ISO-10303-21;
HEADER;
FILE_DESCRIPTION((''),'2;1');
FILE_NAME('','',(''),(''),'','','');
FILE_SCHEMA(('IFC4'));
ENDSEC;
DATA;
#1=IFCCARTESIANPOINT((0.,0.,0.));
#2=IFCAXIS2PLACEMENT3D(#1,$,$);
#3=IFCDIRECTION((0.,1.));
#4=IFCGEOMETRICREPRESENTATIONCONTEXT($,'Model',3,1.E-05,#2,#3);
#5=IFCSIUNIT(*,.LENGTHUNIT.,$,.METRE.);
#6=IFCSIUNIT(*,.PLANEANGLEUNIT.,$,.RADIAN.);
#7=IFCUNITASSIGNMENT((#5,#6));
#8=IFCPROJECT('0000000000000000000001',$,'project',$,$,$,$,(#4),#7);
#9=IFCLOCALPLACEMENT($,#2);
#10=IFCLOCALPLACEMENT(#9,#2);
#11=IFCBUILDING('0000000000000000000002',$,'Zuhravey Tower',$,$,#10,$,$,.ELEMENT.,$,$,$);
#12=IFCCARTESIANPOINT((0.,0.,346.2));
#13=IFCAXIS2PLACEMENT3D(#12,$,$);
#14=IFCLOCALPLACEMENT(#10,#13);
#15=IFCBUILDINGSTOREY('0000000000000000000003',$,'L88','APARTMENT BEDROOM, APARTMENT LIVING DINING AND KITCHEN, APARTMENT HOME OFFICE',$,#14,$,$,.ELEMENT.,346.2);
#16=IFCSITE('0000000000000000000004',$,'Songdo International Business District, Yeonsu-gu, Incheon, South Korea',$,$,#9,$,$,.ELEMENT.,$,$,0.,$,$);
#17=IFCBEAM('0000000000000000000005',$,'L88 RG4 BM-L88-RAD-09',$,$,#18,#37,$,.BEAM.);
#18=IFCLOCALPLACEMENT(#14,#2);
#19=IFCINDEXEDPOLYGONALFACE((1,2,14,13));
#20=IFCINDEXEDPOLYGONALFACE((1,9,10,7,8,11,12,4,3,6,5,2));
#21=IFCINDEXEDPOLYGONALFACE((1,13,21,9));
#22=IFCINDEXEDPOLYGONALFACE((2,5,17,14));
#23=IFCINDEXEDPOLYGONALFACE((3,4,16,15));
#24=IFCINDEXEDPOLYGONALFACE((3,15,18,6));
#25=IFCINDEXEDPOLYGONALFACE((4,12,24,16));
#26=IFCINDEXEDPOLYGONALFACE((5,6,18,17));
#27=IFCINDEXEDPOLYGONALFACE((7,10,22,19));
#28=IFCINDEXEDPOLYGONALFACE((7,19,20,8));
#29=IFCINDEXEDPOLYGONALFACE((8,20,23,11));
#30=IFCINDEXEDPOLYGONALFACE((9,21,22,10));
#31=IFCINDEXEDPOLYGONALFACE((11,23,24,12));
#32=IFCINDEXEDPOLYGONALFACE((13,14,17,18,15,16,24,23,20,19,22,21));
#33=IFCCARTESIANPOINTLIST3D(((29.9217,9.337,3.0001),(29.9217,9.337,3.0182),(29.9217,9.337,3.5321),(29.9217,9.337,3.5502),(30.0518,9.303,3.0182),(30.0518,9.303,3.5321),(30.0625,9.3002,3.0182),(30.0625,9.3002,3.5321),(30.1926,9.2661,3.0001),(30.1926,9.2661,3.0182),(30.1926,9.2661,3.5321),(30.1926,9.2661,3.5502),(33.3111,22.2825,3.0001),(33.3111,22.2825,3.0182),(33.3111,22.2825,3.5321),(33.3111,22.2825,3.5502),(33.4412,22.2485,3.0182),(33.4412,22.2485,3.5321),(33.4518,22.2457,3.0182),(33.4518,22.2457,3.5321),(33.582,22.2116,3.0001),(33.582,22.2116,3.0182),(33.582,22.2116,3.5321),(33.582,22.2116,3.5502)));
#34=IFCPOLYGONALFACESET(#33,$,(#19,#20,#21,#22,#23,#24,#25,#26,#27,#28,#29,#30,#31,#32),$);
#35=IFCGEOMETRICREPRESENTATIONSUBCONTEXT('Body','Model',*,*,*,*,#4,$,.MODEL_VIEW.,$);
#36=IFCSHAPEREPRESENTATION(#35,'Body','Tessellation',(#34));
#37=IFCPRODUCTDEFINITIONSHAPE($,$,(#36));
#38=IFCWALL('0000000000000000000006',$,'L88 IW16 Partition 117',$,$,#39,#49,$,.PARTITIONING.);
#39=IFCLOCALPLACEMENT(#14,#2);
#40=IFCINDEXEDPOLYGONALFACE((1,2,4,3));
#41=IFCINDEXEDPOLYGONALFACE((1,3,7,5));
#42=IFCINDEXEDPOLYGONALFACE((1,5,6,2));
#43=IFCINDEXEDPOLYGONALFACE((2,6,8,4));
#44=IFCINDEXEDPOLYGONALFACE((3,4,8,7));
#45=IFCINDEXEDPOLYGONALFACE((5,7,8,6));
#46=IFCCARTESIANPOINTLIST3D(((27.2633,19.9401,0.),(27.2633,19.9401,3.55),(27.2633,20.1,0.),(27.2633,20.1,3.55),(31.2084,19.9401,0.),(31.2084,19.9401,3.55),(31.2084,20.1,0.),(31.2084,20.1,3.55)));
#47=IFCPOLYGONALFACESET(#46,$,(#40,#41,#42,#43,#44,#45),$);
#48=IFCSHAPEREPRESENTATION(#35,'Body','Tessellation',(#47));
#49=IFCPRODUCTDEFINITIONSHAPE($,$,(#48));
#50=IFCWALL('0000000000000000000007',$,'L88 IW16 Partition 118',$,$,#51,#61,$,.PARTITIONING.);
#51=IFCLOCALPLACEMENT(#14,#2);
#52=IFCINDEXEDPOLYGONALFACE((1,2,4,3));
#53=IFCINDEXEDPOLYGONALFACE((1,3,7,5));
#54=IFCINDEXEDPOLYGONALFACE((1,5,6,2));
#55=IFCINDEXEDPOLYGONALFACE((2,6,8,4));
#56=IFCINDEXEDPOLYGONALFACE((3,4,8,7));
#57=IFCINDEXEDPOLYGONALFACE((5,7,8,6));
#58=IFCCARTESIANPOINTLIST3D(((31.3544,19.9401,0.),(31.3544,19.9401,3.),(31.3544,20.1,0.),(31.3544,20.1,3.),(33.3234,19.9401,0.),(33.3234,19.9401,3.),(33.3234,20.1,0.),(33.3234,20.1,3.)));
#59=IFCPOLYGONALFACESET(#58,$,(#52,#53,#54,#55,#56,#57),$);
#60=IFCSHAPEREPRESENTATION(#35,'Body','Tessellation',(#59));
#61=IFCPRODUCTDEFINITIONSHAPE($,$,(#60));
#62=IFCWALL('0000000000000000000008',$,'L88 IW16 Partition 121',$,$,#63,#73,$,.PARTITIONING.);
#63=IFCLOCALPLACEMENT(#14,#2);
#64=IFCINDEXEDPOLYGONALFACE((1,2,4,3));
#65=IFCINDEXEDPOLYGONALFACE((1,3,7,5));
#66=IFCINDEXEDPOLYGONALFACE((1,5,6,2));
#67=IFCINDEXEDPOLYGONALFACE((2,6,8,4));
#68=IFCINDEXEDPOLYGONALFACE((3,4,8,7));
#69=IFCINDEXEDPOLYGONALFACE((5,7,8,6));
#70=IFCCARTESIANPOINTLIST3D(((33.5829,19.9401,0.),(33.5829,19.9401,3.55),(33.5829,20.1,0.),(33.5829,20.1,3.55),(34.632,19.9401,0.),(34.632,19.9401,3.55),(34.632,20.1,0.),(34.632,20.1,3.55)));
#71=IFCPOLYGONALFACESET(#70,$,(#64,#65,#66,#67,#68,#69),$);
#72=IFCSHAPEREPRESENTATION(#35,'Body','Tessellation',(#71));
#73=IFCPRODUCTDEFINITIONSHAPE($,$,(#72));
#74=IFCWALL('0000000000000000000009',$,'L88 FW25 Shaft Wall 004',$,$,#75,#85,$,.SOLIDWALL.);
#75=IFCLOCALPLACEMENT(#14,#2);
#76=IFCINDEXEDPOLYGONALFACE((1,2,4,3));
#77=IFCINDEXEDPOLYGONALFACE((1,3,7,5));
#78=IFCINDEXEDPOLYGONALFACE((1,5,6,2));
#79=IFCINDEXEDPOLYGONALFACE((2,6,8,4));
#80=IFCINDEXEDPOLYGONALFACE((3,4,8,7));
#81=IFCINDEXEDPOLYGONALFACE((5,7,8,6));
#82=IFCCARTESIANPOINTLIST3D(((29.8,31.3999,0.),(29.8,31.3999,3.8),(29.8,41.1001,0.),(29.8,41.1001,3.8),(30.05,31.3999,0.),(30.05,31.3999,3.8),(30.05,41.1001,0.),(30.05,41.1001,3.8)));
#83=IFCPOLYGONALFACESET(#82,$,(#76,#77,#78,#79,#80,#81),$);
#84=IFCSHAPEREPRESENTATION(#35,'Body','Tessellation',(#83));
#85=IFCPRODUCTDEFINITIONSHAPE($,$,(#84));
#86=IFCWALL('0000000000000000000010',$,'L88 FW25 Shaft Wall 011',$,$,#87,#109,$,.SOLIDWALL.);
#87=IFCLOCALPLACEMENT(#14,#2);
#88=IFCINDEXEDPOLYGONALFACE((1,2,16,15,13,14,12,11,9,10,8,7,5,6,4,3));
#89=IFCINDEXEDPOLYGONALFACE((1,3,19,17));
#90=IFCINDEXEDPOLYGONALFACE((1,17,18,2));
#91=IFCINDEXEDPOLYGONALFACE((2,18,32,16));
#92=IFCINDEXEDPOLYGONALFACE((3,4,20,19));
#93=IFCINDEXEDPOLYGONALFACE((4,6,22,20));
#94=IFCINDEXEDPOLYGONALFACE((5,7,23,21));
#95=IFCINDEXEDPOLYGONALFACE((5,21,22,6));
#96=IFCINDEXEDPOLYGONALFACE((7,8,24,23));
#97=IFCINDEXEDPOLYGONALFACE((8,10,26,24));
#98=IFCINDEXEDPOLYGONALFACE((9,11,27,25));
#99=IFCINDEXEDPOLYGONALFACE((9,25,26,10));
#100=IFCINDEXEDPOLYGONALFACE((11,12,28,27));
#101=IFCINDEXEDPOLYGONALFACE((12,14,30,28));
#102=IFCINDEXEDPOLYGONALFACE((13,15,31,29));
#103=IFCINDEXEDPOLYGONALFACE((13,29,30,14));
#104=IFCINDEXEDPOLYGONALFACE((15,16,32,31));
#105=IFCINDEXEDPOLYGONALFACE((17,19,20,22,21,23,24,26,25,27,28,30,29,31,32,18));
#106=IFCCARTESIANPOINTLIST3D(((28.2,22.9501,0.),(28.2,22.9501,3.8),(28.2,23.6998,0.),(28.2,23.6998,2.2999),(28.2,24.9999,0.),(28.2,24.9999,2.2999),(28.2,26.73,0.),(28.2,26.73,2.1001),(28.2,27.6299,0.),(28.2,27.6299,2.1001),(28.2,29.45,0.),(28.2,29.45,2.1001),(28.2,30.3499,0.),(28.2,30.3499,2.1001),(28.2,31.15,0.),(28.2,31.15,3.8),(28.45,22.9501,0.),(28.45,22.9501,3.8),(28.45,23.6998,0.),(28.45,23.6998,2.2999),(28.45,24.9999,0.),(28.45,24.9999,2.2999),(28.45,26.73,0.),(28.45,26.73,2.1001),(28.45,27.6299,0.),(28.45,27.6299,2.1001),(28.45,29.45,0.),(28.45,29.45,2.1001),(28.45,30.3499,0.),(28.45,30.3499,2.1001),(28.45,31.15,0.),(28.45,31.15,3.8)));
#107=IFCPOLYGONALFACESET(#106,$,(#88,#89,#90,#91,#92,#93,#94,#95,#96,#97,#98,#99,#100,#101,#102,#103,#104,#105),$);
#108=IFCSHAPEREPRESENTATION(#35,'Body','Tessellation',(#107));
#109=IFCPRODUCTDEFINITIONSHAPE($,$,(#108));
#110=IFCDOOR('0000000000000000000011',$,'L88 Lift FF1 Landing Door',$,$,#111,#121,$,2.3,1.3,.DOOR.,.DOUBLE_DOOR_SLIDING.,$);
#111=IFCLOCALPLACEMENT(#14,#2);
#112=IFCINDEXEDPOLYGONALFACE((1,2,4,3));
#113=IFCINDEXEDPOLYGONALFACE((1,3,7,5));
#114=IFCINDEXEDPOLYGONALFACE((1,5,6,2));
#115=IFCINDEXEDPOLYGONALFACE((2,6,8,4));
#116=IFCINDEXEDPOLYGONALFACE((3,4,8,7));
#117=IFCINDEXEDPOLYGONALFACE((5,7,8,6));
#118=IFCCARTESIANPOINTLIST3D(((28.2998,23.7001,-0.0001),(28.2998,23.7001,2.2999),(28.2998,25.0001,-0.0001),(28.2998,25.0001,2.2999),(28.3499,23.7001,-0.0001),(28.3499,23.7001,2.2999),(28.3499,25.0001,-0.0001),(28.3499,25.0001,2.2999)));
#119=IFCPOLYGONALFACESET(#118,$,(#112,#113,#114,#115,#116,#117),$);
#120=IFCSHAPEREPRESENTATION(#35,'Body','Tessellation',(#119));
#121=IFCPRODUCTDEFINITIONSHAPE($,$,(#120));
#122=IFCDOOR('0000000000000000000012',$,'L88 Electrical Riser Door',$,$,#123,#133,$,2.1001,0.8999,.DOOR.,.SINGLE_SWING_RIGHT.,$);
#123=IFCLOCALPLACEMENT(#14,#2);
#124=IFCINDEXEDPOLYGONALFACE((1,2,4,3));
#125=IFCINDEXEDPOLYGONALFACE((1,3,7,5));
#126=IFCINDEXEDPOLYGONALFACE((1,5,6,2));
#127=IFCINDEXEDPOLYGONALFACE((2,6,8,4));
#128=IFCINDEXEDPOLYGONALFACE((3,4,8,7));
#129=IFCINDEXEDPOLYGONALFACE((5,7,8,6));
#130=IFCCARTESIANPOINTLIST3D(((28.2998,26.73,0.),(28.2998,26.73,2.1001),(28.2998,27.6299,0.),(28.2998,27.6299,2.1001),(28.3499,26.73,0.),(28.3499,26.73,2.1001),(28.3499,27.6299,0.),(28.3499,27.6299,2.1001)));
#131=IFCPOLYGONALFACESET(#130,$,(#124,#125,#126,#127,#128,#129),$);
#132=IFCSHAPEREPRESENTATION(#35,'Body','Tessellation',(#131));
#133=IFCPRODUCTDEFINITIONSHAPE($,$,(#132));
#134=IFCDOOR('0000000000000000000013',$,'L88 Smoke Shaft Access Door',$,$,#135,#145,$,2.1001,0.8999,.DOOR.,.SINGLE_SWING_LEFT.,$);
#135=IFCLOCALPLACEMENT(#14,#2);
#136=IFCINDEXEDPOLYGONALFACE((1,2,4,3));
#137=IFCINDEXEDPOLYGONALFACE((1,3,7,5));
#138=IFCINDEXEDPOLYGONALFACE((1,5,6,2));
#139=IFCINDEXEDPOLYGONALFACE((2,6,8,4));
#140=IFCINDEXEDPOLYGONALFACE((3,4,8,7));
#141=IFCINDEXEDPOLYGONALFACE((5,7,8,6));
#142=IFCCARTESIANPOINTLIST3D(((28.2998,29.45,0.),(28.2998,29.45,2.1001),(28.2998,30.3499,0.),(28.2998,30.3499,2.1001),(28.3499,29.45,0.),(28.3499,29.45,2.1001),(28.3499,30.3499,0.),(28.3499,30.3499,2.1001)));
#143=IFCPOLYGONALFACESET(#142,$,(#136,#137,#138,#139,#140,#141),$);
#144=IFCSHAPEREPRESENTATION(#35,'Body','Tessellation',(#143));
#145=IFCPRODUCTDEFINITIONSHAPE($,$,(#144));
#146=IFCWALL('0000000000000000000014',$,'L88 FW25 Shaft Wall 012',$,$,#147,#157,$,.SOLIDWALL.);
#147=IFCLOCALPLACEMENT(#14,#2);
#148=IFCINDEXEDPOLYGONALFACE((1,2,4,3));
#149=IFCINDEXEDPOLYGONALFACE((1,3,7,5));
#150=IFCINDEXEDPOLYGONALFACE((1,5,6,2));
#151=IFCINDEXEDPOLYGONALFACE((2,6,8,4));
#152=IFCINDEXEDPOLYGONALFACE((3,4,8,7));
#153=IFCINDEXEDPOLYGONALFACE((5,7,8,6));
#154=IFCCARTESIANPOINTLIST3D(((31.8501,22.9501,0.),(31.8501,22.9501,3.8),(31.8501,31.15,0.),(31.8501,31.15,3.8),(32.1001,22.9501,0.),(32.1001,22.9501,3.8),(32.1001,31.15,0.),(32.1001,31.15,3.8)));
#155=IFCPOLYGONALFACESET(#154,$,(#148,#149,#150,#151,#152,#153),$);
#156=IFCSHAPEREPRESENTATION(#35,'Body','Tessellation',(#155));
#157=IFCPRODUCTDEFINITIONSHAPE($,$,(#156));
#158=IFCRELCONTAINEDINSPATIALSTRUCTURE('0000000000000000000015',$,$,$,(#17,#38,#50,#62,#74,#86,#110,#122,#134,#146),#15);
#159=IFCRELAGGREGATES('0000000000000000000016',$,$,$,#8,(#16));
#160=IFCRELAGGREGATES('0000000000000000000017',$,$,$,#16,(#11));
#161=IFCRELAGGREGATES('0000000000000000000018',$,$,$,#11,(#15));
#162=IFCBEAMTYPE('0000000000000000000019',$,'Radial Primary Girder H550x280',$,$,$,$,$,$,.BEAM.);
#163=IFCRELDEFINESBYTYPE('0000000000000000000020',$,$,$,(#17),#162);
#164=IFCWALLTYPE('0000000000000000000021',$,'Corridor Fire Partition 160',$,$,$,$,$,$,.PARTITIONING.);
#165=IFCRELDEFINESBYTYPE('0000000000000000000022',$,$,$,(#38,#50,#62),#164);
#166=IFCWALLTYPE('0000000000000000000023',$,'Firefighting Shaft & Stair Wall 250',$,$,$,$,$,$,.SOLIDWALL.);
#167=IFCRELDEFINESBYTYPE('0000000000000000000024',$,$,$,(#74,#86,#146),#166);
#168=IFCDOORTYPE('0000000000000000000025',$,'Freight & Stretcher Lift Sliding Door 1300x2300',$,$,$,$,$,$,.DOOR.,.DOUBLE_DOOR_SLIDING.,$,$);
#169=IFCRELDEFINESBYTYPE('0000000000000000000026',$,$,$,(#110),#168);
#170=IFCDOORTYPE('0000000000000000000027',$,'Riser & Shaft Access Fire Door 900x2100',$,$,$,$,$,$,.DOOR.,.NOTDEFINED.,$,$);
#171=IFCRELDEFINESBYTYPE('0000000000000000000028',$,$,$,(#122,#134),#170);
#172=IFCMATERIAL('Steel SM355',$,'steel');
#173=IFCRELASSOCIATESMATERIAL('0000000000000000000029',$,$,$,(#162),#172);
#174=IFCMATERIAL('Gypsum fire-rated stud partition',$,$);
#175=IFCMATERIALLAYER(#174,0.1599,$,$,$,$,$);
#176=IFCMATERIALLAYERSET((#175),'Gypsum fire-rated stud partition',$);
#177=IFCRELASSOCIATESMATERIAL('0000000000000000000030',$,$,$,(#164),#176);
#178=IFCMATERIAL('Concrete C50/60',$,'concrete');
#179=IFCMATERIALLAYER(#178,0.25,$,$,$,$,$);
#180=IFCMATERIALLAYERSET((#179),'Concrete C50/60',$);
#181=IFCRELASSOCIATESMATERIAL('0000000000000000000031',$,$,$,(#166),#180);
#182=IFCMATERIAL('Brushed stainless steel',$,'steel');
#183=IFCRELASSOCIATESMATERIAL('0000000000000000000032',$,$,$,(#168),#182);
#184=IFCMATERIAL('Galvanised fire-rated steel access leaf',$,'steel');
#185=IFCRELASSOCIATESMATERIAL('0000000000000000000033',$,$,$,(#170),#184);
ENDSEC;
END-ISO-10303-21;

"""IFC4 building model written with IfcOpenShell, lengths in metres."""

from ifc_helpers import new_model, si_unit, direction, frame, frame_2d, origin, origin_2d, place, context, subcontext, project, spatial, rectangle, i_section, extrude, material, layer, layer_set, material_profile, profile_set, type_object, element, fill, save


model = new_model("IFC4")

# Units and contexts
model_context = context("Model", 3, precision=1e-05, world=origin(), true_north=direction((0.0, 1.0)))
body_context = subcontext(model_context, "Body", "Model", "MODEL_VIEW")
ifc_project = project(units=[si_unit("LENGTHUNIT", "METRE"), si_unit("PLANEANGLEUNIT", "RADIAN")], contexts=[model_context])

# Site, building, storey
site_placement = place(None, origin())
site = spatial("IfcSite", under=ifc_project, at=site_placement, Name="Songdo International Business District, Yeonsu-gu, Incheon, South Korea", CompositionType="ELEMENT", RefElevation=0.0)
building_placement = place(site_placement, origin())
building = spatial("IfcBuilding", under=site, at=building_placement, Name="Zuhravey Tower", CompositionType="ELEMENT")
storey_placement = place(building_placement, frame((0.0, 0.0, 346.2)))
storey = spatial("IfcBuildingStorey", under=building, at=storey_placement, Name="L88", Description="APARTMENT BEDROOM, APARTMENT LIVING DINING AND KITCHEN, APARTMENT HOME OFFICE", CompositionType="ELEMENT", Elevation=346.2)

# Beam
ifc_material_1 = material(Name="Steel SM355", Category="steel")
ifc_material_profile = material_profile(ifc_material_1, i_section(OverallWidth=0.28, OverallDepth=0.55, WebThickness=0.011, FlangeThickness=0.0181, at=origin_2d()), Name="H-550x280x11x18")
ifc_profile_set = profile_set([ifc_material_profile], Name="Steel SM355")
beam_type = type_object("IfcBeamType", Name="Radial Primary Girder H550x280", PredefinedType="BEAM", material=ifc_profile_set)
beam_placement = place(storey_placement, frame((33.4465, 22.2471, 3.2751), z_axis=(-0.253283, -0.967392, 0.0), x_axis=(0.967392, -0.253283, 0.0)))
element("IfcBeam", 1, at=beam_placement, inside=storey, type_object=beam_type, Name="L88 RG4 BM-L88-RAD-09", PredefinedType="BEAM", context=body_context, shape_type="SweptSolid", body=[
    extrude(i_section(OverallWidth=0.28, OverallDepth=0.55, WebThickness=0.011, FlangeThickness=0.0181, at=origin_2d()), origin(), (0.0, 0.0, 1.0), 13.3818),
])

# Walls
ifc_material_2 = material(Name="Gypsum fire-rated stud partition")
ifc_layer_1 = layer(ifc_material_2, 0.1599)
ifc_layer_set_1 = layer_set([ifc_layer_1], Name="Gypsum fire-rated stud partition")
wall_type_1 = type_object("IfcWallType", Name="Corridor Fire Partition 160", PredefinedType="PARTITIONING", material=ifc_layer_set_1)
wall_1_placement = place(storey_placement, frame((27.2632, 20.02, 0.0), z_axis=(0.0, 0.0, 1.0), x_axis=(1.0, 0.0, 0.0)))
element("IfcWall", 2, at=wall_1_placement, inside=storey, type_object=wall_type_1, Name="L88 IW16 Partition 117", PredefinedType="PARTITIONING", context=body_context, shape_type="SweptSolid", body=[
    extrude(rectangle(XDim=3.9451, YDim=0.1599, at=frame_2d((1.9727, 0.0))), origin(), (0.0, 0.0, 1.0), 3.55),
])
wall_2_placement = place(storey_placement, frame((31.3545, 20.02, 0.0), z_axis=(0.0, 0.0, 1.0), x_axis=(1.0, 0.0, 0.0)))
element("IfcWall", 3, at=wall_2_placement, inside=storey, type_object=wall_type_1, Name="L88 IW16 Partition 118", PredefinedType="PARTITIONING", context=body_context, shape_type="SweptSolid", body=[
    extrude(rectangle(XDim=1.969, YDim=0.1599, at=frame_2d((0.9844, 0.0))), origin(), (0.0, 0.0, 1.0), 3.0),
])
wall_3_placement = place(storey_placement, frame((33.583, 20.02, 0.0), z_axis=(0.0, 0.0, 1.0), x_axis=(1.0, 0.0, 0.0)))
element("IfcWall", 4, at=wall_3_placement, inside=storey, type_object=wall_type_1, Name="L88 IW16 Partition 121", PredefinedType="PARTITIONING", context=body_context, shape_type="SweptSolid", body=[
    extrude(rectangle(XDim=1.0491, YDim=0.1599, at=frame_2d((0.5244, 0.0))), origin(), (0.0, 0.0, 1.0), 3.55),
])
ifc_material_3 = material(Name="Concrete C50/60", Category="concrete")
ifc_layer_2 = layer(ifc_material_3, 0.25)
ifc_layer_set_2 = layer_set([ifc_layer_2], Name="Concrete C50/60")
wall_type_2 = type_object("IfcWallType", Name="Firefighting Shaft & Stair Wall 250", PredefinedType="SOLIDWALL", material=ifc_layer_set_2)
wall_4_placement = place(storey_placement, frame((29.925, 31.3999, 0.0), z_axis=(0.0, 0.0, 1.0), x_axis=(0.0, 1.0, 0.0)))
element("IfcWall", 5, at=wall_4_placement, inside=storey, type_object=wall_type_2, Name="L88 FW25 Shaft Wall 004", PredefinedType="SOLIDWALL", context=body_context, shape_type="SweptSolid", body=[
    extrude(rectangle(XDim=9.7002, YDim=0.25, at=frame_2d((4.8501, 0.0))), origin(), (0.0, 0.0, 1.0), 3.8),
])

# Wall, openings, doors
wall_5_placement = place(storey_placement, frame((28.325, 22.95, 0.0), z_axis=(0.0, 0.0, 1.0), x_axis=(0.0, 1.0, 0.0)))
wall_5 = element("IfcWall", 6, at=wall_5_placement, inside=storey, type_object=wall_type_2, Name="L88 FW25 Shaft Wall 011", PredefinedType="SOLIDWALL", context=body_context, shape_type="SweptSolid", body=[
    extrude(rectangle(XDim=8.2, YDim=0.25, at=frame_2d((4.1001, 0.0))), origin(), (0.0, 0.0, 1.0), 3.8),
])
opening_1_placement = place(wall_5_placement, frame((0.75, 0.0, 0.0)))
opening_1 = element("IfcOpeningElement", 7, at=opening_1_placement, cuts=wall_5, PredefinedType="OPENING", context=body_context, shape_type="SweptSolid", body=[
    extrude(rectangle(XDim=1.3, YDim=2.3, at=frame_2d((0.6499, 1.1499))), frame((0.0, 0.137, 0.0), z_axis=(0.0, -1.0, 0.0), x_axis=(1.0, 0.0, 0.0)), (0.0, 0.0, 1.0), 0.2739),
])
opening_2_placement = place(wall_5_placement, frame((3.78, 0.0, 0.0)))
opening_2 = element("IfcOpeningElement", 8, at=opening_2_placement, cuts=wall_5, PredefinedType="OPENING", context=body_context, shape_type="SweptSolid", body=[
    extrude(rectangle(XDim=0.8999, YDim=2.1001, at=frame_2d((0.45, 1.05))), frame((0.0, 0.137, 0.0), z_axis=(0.0, -1.0, 0.0), x_axis=(1.0, 0.0, 0.0)), (0.0, 0.0, 1.0), 0.2739),
])
opening_3_placement = place(wall_5_placement, frame((6.5, 0.0, 0.0)))
opening_3 = element("IfcOpeningElement", 9, at=opening_3_placement, cuts=wall_5, PredefinedType="OPENING", context=body_context, shape_type="SweptSolid", body=[
    extrude(rectangle(XDim=0.8999, YDim=2.1001, at=frame_2d((0.45, 1.05))), frame((0.0, 0.137, 0.0), z_axis=(0.0, -1.0, 0.0), x_axis=(1.0, 0.0, 0.0)), (0.0, 0.0, 1.0), 0.2739),
])
ifc_material_4 = material(Name="Brushed stainless steel", Category="steel")
door_type_1 = type_object("IfcDoorType", Name="Freight & Stretcher Lift Sliding Door 1300x2300", OperationType="DOUBLE_DOOR_SLIDING", PredefinedType="DOOR", material=ifc_material_4)
door_1_placement = place(opening_1_placement, frame((1.3, 0.0, 0.0), z_axis=(0.0, 0.0, 1.0), x_axis=(-1.0, 0.0, 0.0)))
door_1 = element("IfcDoor", 10, at=door_1_placement, inside=storey, type_object=door_type_1, Name="L88 Lift FF1 Landing Door", OperationType="DOUBLE_DOOR_SLIDING", OverallHeight=2.3, OverallWidth=1.3, PredefinedType="DOOR", context=body_context, shape_type="SweptSolid", body=[
    extrude(rectangle(XDim=1.3, YDim=2.3, at=frame_2d((0.6499, 1.1499))), frame((0.0, 0.0249, 0.0), z_axis=(0.0, -1.0, 0.0), x_axis=(1.0, 0.0, 0.0)), (0.0, 0.0, 1.0), 0.05),
])
fill(opening_1, door_1)
ifc_material_5 = material(Name="Galvanised fire-rated steel access leaf", Category="steel")
door_type_2 = type_object("IfcDoorType", Name="Riser & Shaft Access Fire Door 900x2100", OperationType="NOTDEFINED", PredefinedType="DOOR", material=ifc_material_5)
door_2_placement = place(opening_2_placement, frame((0.8999, 0.0, 0.0), z_axis=(0.0, 0.0, 1.0), x_axis=(-1.0, 0.0, 0.0)))
door_2 = element("IfcDoor", 11, at=door_2_placement, inside=storey, type_object=door_type_2, Name="L88 Electrical Riser Door", OperationType="SINGLE_SWING_RIGHT", OverallHeight=2.1001, OverallWidth=0.8999, PredefinedType="DOOR", context=body_context, shape_type="SweptSolid", body=[
    extrude(rectangle(XDim=0.8999, YDim=2.1001, at=frame_2d((0.45, 1.05))), frame((0.0, 0.0249, 0.0), z_axis=(0.0, -1.0, 0.0), x_axis=(1.0, 0.0, 0.0)), (0.0, 0.0, 1.0), 0.05),
])
fill(opening_2, door_2)
door_3_placement = place(opening_3_placement, frame((0.8999, 0.0, 0.0), z_axis=(0.0, 0.0, 1.0), x_axis=(-1.0, 0.0, 0.0)))
door_3 = element("IfcDoor", 12, at=door_3_placement, inside=storey, type_object=door_type_2, Name="L88 Smoke Shaft Access Door", OperationType="SINGLE_SWING_LEFT", OverallHeight=2.1001, OverallWidth=0.8999, PredefinedType="DOOR", context=body_context, shape_type="SweptSolid", body=[
    extrude(rectangle(XDim=0.8999, YDim=2.1001, at=frame_2d((0.45, 1.05))), frame((0.0, 0.0249, 0.0), z_axis=(0.0, -1.0, 0.0), x_axis=(1.0, 0.0, 0.0)), (0.0, 0.0, 1.0), 0.05),
])
fill(opening_3, door_3)

# Wall
wall_6_placement = place(storey_placement, frame((31.9751, 22.95, 0.0), z_axis=(0.0, 0.0, 1.0), x_axis=(0.0, 1.0, 0.0)))
element("IfcWall", 13, at=wall_6_placement, inside=storey, type_object=wall_type_2, Name="L88 FW25 Shaft Wall 012", PredefinedType="SOLIDWALL", context=body_context, shape_type="SweptSolid", body=[
    extrude(rectangle(XDim=8.2, YDim=0.25, at=frame_2d((4.1001, 0.0))), origin(), (0.0, 0.0, 1.0), 3.8),
])

save(model, "model.ifc")
